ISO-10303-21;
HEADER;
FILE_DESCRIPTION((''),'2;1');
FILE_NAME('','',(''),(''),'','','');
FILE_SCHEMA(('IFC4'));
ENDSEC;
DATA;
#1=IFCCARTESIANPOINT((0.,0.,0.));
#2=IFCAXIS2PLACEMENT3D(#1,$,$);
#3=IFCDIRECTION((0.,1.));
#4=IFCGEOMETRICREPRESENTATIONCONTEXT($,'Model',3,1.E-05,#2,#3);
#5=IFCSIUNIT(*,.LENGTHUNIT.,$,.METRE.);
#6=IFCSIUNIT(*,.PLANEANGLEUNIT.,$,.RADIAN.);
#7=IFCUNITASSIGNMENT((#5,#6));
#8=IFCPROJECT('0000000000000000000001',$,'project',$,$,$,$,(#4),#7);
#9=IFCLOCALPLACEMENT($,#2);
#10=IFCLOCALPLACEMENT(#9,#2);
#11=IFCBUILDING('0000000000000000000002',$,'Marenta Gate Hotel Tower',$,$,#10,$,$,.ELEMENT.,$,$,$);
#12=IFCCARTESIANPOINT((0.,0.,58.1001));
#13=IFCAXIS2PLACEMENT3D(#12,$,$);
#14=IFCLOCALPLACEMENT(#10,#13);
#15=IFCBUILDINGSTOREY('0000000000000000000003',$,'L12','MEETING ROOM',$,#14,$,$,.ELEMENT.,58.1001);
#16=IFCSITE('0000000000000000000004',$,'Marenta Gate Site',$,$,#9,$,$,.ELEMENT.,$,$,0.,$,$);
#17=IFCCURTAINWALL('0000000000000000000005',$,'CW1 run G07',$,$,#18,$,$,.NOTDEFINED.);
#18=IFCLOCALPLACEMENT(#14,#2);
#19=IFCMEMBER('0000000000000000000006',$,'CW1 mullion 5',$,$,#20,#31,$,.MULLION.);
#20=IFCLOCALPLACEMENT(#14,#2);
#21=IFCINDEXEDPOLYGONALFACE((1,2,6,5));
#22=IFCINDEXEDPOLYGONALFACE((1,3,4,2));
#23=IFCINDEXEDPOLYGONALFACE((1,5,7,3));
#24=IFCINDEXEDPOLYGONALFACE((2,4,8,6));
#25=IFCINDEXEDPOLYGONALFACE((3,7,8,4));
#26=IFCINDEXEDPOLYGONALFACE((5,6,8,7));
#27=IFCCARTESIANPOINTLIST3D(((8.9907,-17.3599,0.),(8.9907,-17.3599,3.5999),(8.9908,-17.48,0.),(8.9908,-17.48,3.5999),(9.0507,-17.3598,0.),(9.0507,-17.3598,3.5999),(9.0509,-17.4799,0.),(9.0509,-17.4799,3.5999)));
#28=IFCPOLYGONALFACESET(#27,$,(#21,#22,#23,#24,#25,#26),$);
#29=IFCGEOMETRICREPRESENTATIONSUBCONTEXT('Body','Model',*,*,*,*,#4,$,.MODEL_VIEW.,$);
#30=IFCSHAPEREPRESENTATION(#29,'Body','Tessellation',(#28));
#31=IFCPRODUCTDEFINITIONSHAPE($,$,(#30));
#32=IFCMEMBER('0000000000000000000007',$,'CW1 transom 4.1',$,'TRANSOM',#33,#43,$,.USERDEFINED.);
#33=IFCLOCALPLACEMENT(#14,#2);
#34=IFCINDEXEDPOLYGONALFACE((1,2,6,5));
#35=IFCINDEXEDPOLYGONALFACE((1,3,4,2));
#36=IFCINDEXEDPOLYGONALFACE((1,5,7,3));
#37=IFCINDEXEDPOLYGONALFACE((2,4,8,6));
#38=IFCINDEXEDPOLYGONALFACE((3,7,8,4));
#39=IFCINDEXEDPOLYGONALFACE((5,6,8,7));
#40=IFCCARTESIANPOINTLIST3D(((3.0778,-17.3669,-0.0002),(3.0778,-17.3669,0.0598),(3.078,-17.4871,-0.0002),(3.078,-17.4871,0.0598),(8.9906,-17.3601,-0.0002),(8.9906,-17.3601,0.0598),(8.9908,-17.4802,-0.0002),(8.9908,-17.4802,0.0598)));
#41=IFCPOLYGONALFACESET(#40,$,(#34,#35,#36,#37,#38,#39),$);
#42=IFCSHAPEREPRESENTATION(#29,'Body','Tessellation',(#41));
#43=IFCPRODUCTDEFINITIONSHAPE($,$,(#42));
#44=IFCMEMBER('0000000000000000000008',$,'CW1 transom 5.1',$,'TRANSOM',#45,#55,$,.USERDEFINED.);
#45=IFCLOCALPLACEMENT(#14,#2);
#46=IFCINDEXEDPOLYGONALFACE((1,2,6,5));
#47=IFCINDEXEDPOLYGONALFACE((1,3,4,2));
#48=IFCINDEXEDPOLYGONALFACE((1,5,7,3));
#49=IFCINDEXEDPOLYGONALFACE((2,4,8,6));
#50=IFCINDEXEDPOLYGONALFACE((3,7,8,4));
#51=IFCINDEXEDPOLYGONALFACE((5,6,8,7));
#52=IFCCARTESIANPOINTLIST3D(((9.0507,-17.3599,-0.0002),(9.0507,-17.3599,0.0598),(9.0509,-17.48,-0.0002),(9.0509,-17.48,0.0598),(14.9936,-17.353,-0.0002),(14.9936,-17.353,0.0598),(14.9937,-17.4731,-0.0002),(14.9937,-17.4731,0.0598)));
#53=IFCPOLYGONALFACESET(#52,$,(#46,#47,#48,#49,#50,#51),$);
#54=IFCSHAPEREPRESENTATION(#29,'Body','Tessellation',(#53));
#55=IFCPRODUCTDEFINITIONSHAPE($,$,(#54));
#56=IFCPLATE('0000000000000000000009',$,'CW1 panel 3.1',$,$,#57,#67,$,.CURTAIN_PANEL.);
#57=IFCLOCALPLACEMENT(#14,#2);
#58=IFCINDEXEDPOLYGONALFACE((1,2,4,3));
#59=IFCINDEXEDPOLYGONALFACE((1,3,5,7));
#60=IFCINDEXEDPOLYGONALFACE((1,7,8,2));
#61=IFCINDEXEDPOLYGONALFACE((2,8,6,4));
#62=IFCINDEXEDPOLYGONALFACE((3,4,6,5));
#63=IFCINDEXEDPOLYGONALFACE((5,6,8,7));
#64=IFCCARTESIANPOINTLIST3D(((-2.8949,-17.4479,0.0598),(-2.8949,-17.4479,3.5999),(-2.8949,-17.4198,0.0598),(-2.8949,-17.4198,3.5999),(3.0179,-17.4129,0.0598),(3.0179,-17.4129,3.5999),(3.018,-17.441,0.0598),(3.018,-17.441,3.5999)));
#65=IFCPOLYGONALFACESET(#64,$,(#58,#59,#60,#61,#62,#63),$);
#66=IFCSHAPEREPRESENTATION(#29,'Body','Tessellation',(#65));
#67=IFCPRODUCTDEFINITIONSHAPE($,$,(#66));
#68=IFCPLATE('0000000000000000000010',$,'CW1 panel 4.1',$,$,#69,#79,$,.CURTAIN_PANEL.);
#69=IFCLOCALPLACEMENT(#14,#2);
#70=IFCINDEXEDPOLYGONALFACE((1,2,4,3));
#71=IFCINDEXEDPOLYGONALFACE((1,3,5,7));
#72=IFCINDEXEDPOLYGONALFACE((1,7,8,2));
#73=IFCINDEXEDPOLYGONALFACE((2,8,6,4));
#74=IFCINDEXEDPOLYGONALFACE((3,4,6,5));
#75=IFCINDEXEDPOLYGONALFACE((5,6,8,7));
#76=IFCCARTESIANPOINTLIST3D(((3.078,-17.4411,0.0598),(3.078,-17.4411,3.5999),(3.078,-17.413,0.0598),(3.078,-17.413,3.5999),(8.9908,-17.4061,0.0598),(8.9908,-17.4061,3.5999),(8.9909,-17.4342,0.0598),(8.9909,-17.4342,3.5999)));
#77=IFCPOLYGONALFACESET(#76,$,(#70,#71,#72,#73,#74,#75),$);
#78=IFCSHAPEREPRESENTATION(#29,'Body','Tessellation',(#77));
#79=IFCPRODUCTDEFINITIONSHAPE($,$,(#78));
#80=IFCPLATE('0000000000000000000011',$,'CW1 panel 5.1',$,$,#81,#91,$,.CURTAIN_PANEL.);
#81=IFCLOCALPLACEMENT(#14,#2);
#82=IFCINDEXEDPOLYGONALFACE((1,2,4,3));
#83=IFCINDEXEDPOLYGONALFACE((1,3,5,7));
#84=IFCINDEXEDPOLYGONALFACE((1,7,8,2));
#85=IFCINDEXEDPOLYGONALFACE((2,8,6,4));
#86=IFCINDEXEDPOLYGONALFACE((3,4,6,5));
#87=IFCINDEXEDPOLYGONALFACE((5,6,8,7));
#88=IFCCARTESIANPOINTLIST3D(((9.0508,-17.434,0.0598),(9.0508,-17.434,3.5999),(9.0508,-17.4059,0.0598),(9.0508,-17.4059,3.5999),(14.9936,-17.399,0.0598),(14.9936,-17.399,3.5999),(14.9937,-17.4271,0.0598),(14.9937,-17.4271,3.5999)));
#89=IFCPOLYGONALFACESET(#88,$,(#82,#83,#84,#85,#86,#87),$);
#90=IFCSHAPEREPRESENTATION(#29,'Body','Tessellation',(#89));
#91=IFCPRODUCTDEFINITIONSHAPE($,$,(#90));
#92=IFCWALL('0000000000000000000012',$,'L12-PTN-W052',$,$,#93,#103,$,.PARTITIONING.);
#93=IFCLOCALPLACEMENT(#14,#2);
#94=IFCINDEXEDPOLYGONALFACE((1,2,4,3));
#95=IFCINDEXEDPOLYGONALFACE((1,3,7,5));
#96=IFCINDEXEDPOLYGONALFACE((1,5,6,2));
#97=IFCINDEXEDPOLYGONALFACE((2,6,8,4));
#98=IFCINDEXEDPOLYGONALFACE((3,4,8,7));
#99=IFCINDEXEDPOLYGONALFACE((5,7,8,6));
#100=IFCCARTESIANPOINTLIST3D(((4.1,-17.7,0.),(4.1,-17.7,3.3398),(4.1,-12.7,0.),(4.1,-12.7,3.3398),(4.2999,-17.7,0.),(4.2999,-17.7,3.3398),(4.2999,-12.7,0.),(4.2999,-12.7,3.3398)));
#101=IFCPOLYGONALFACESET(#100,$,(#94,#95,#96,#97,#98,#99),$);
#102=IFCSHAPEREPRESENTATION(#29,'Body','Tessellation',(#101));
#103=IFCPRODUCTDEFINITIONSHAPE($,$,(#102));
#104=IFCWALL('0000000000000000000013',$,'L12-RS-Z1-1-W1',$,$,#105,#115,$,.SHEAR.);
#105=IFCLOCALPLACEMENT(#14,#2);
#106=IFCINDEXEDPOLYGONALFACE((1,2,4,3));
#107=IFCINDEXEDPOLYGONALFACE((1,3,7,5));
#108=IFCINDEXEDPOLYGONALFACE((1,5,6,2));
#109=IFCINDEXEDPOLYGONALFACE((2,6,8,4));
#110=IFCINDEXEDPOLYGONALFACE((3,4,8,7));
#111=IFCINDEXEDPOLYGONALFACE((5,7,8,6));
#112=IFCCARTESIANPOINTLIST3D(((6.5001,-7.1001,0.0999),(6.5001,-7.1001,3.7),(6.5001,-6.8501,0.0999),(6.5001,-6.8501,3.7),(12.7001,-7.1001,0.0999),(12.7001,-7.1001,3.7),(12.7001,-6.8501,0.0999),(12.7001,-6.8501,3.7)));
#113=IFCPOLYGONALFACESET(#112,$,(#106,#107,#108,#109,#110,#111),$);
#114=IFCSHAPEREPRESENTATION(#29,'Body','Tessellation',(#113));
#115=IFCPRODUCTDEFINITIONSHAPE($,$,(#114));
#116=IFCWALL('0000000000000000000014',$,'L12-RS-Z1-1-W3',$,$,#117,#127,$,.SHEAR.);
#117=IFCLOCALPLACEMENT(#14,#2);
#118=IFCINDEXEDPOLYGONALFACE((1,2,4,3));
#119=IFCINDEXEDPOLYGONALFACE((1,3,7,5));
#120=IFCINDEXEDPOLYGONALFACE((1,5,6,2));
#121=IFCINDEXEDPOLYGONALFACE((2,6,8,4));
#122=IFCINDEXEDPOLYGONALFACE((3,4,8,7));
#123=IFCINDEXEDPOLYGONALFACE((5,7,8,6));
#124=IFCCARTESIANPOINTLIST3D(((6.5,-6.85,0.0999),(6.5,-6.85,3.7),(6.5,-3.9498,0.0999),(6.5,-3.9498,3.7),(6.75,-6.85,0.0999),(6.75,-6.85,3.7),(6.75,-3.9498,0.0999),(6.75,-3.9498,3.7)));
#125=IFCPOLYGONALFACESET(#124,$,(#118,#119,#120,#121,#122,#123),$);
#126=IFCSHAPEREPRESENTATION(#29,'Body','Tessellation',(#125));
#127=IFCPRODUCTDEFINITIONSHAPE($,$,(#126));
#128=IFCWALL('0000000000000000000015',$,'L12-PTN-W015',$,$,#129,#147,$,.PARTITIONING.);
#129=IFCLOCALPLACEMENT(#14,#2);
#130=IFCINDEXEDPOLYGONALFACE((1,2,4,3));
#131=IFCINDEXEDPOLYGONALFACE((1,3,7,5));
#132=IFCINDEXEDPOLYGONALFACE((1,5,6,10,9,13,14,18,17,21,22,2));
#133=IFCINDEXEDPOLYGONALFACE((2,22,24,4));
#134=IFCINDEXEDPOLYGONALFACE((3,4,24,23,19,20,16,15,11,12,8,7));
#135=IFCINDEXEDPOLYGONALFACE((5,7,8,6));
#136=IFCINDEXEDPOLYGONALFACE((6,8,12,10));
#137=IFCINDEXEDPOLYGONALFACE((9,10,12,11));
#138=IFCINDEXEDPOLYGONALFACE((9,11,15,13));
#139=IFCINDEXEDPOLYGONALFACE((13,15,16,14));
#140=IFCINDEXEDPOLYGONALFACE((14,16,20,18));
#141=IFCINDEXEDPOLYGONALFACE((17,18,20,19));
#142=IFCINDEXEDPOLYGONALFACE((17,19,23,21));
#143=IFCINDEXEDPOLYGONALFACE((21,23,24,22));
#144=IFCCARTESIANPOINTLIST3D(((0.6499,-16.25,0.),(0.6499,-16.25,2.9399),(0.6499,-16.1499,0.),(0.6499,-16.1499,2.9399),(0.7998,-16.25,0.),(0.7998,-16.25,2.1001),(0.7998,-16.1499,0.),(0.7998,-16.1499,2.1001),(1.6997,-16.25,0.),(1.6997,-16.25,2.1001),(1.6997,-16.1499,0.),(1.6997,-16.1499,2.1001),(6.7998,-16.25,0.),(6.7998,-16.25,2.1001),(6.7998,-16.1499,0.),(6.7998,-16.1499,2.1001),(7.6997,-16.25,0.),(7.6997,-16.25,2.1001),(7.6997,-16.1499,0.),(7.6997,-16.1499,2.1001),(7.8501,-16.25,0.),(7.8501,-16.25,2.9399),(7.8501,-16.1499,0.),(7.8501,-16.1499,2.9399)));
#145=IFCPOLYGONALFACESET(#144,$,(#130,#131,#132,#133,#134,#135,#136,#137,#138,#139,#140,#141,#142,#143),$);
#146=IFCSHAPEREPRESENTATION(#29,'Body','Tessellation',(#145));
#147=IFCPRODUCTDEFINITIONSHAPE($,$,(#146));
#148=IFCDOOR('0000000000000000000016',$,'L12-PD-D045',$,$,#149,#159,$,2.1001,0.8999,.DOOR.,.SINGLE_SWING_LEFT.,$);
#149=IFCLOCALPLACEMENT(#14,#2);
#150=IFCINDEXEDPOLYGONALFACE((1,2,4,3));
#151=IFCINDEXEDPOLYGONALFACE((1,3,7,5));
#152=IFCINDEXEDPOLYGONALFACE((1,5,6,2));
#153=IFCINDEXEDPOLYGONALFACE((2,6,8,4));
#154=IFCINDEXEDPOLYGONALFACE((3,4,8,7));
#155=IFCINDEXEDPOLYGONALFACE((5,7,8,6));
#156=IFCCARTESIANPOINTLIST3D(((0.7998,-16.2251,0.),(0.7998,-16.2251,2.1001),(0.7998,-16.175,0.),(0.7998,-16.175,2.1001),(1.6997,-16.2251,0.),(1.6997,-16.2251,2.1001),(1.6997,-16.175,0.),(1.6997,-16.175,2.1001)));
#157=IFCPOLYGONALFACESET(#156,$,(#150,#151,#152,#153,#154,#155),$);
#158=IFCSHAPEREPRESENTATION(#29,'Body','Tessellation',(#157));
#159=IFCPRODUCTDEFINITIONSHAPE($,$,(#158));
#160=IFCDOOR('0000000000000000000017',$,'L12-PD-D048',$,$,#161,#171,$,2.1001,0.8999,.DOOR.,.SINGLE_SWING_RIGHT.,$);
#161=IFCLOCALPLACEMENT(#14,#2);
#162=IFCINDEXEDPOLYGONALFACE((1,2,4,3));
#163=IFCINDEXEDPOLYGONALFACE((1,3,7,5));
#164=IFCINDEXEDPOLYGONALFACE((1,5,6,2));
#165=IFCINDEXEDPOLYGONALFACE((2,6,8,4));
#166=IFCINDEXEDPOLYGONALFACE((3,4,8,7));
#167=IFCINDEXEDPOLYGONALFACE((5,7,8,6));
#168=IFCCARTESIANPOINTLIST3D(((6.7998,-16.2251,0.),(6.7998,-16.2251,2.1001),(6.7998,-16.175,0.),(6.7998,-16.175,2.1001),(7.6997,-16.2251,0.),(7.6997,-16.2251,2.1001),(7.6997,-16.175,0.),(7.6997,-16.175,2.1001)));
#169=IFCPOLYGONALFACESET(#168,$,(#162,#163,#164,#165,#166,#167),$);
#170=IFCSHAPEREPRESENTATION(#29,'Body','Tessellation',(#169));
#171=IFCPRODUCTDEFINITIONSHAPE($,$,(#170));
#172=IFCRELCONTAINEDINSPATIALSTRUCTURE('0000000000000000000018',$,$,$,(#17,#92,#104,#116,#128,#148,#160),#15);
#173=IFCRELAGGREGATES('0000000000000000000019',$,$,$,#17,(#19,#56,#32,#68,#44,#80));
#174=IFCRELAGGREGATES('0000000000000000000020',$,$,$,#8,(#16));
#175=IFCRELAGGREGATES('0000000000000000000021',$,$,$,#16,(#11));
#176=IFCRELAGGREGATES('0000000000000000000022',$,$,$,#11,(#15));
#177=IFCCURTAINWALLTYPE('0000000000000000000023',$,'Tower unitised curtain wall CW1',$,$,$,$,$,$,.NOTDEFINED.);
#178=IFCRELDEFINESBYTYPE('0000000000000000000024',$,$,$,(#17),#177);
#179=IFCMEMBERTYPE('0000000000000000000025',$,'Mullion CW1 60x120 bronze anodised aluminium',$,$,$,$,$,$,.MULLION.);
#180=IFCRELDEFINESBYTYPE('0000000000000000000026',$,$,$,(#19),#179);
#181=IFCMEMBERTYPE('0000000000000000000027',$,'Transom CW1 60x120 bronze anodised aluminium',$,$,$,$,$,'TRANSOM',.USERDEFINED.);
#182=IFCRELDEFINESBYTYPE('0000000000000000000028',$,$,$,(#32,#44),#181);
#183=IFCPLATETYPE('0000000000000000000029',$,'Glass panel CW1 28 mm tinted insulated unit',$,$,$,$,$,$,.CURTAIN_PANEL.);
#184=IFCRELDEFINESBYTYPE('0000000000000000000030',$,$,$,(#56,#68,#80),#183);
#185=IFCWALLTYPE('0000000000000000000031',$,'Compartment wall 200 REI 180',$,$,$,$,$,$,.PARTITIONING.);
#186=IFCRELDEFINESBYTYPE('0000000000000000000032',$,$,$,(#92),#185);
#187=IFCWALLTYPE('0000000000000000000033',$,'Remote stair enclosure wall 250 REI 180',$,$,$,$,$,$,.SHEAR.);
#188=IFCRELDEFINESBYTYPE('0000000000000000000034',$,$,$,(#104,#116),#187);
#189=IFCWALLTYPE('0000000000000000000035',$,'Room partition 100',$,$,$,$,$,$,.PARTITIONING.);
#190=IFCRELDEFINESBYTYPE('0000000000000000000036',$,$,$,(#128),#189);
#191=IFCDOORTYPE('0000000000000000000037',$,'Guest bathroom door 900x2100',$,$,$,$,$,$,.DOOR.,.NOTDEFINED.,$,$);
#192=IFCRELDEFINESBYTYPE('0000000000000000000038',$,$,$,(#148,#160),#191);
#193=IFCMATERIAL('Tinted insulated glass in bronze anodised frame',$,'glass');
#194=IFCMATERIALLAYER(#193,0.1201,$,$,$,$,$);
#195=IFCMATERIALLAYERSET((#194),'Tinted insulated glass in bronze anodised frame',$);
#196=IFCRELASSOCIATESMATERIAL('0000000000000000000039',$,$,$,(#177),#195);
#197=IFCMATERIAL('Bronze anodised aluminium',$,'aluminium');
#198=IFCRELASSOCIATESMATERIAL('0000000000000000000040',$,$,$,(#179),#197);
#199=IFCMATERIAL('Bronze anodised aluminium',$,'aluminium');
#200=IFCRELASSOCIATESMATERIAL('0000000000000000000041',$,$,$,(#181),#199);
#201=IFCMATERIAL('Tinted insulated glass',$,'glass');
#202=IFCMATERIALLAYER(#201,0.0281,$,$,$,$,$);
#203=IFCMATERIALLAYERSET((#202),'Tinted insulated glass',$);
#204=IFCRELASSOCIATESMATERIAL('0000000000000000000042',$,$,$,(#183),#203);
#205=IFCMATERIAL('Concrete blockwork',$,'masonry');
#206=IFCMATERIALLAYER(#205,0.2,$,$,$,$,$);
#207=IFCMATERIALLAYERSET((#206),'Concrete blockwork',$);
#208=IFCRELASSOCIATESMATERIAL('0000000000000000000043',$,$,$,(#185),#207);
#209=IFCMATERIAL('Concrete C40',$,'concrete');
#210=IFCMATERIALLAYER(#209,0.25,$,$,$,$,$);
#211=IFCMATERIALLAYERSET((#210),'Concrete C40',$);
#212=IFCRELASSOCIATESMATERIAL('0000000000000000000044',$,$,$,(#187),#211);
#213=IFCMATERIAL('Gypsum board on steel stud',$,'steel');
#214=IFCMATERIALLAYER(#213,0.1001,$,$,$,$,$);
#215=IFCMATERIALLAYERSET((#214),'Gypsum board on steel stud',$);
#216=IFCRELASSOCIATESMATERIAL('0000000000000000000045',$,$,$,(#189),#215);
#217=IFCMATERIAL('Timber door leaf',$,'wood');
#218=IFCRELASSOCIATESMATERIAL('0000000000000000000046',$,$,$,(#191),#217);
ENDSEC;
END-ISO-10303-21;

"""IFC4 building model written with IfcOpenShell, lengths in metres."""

from ifc_helpers import new_model, si_unit, direction, frame, frame_2d, origin, origin_2d, place, context, subcontext, project, spatial, rectangle, extrude, material, layer, layer_set, material_profile, profile_set, type_object, element, fill, aggregate, save


model = new_model("IFC4")

# Units and contexts
model_context = context("Model", 3, precision=1e-05, world=origin(), true_north=direction((0.0, 1.0)))
body_context = subcontext(model_context, "Body", "Model", "MODEL_VIEW")
ifc_project = project(units=[si_unit("LENGTHUNIT", "METRE"), si_unit("PLANEANGLEUNIT", "RADIAN")], contexts=[model_context])

# Site, building, storey
site_placement = place(None, origin())
site = spatial("IfcSite", under=ifc_project, at=site_placement, Name="Marenta Gate Site", CompositionType="ELEMENT", RefElevation=0.0)
building_placement = place(site_placement, origin())
building = spatial("IfcBuilding", under=site, at=building_placement, Name="Marenta Gate Hotel Tower", CompositionType="ELEMENT")
storey_placement = place(building_placement, frame((0.0, 0.0, 58.1001)))
storey = spatial("IfcBuildingStorey", under=building, at=storey_placement, Name="L12", Description="MEETING ROOM", CompositionType="ELEMENT", Elevation=58.1001)

# Curtain wall, members, plates
ifc_material_1 = material(Name="Tinted insulated glass in bronze anodised frame", Category="glass")
ifc_layer_1 = layer(ifc_material_1, 0.1201)
ifc_layer_set_1 = layer_set([ifc_layer_1], Name="Tinted insulated glass in bronze anodised frame")
curtain_wall_type = type_object("IfcCurtainWallType", Name="Tower unitised curtain wall CW1", PredefinedType="NOTDEFINED", material=ifc_layer_set_1)
curtain_wall_placement = place(storey_placement, origin())
curtain_wall = element("IfcCurtainWall", 1, at=curtain_wall_placement, inside=storey, type_object=curtain_wall_type, Name="CW1 run G07", PredefinedType="NOTDEFINED")
ifc_material_2 = material(Name="Bronze anodised aluminium", Category="aluminium")
ifc_material_profile_1 = material_profile(ifc_material_2, rectangle(XDim=0.1201, YDim=0.0601, at=origin_2d()), Name="Mullion CW1 60x120 bronze anodised aluminium")
ifc_profile_set_1 = profile_set([ifc_material_profile_1], Name="Bronze anodised aluminium")
member_type_1 = type_object("IfcMemberType", Name="Mullion CW1 60x120 bronze anodised aluminium", PredefinedType="MULLION", material=ifc_profile_set_1)
member_1_placement = place(storey_placement, frame((9.0208, -17.4199, 0.0), z_axis=(0.0, 0.0, 1.0), x_axis=(-0.001162, 0.999999, 0.0)))
member_1 = element("IfcMember", 2, at=member_1_placement, type_object=member_type_1, Name="CW1 mullion 5", PredefinedType="MULLION", context=body_context, shape_type="SweptSolid", body=[
    extrude(rectangle(XDim=0.1201, YDim=0.0601, at=origin_2d()), origin(), (0.0, 0.0, 1.0), 3.5999),
])
ifc_material_3 = material(Name="Bronze anodised aluminium", Category="aluminium")
ifc_material_profile_2 = material_profile(ifc_material_3, rectangle(XDim=0.1201, YDim=0.0601, at=origin_2d()), Name="Transom CW1 60x120 bronze anodised aluminium")
ifc_profile_set_2 = profile_set([ifc_material_profile_2], Name="Bronze anodised aluminium")
member_type_2 = type_object("IfcMemberType", Name="Transom CW1 60x120 bronze anodised aluminium", ElementType="TRANSOM", PredefinedType="USERDEFINED", material=ifc_profile_set_2)
member_2_placement = place(storey_placement, frame((3.0779, -17.427, 0.0298), z_axis=(0.999999, 0.001156, 0.0), x_axis=(-0.001156, 0.999999, 0.0)))
member_2 = element("IfcMember", 3, at=member_2_placement, type_object=member_type_2, Name="CW1 transom 4.1", ObjectType="TRANSOM", PredefinedType="USERDEFINED", context=body_context, shape_type="SweptSolid", body=[
    extrude(rectangle(XDim=0.1201, YDim=0.0601, at=origin_2d()), origin(), (0.0, 0.0, 1.0), 5.9128),
])
member_3_placement = place(storey_placement, frame((9.0508, -17.4199, 0.0298), z_axis=(0.999999, 0.00115, 0.0), x_axis=(-0.00115, 0.999999, 0.0)))
member_3 = element("IfcMember", 4, at=member_3_placement, type_object=member_type_2, Name="CW1 transom 5.1", ObjectType="TRANSOM", PredefinedType="USERDEFINED", context=body_context, shape_type="SweptSolid", body=[
    extrude(rectangle(XDim=0.1201, YDim=0.0601, at=origin_2d()), origin(), (0.0, 0.0, 1.0), 5.9429),
])
ifc_material_4 = material(Name="Tinted insulated glass", Category="glass")
ifc_layer_2 = layer(ifc_material_4, 0.0281)
ifc_layer_set_2 = layer_set([ifc_layer_2], Name="Tinted insulated glass")
plate_type = type_object("IfcPlateType", Name="Glass panel CW1 28 mm tinted insulated unit", PredefinedType="CURTAIN_PANEL", material=ifc_layer_set_2)
plate_1_placement = place(storey_placement, frame((0.0615, -17.4304, 0.0598), z_axis=(0.0, 0.0, 1.0), x_axis=(0.999999, 0.001162, 0.0)))
plate_1 = element("IfcPlate", 5, at=plate_1_placement, type_object=plate_type, Name="CW1 panel 3.1", PredefinedType="CURTAIN_PANEL", context=body_context, shape_type="SweptSolid", body=[
    extrude(rectangle(XDim=5.9128, YDim=0.0281, at=origin_2d()), origin(), (0.0, 0.0, 1.0), 3.54),
])
plate_2_placement = place(storey_placement, frame((6.0344, -17.4236, 0.0598), z_axis=(0.0, 0.0, 1.0), x_axis=(0.999999, 0.001162, 0.0)))
plate_2 = element("IfcPlate", 6, at=plate_2_placement, type_object=plate_type, Name="CW1 panel 4.1", PredefinedType="CURTAIN_PANEL", context=body_context, shape_type="SweptSolid", body=[
    extrude(rectangle(XDim=5.9128, YDim=0.0281, at=origin_2d()), origin(), (0.0, 0.0, 1.0), 3.54),
])
plate_3_placement = place(storey_placement, frame((12.0222, -17.4165, 0.0598), z_axis=(0.0, 0.0, 1.0), x_axis=(0.999999, 0.001162, 0.0)))
plate_3 = element("IfcPlate", 7, at=plate_3_placement, type_object=plate_type, Name="CW1 panel 5.1", PredefinedType="CURTAIN_PANEL", context=body_context, shape_type="SweptSolid", body=[
    extrude(rectangle(XDim=5.9429, YDim=0.0281, at=origin_2d()), origin(), (0.0, 0.0, 1.0), 3.54),
])
aggregate(curtain_wall, [member_1, plate_1, member_2, plate_2, member_3, plate_3])

# Wall
ifc_material_5 = material(Name="Concrete blockwork", Category="masonry")
ifc_layer_3 = layer(ifc_material_5, 0.2)
ifc_layer_set_3 = layer_set([ifc_layer_3], Name="Concrete blockwork")
wall_type_1 = type_object("IfcWallType", Name="Compartment wall 200 REI 180", PredefinedType="PARTITIONING", material=ifc_layer_set_3)
wall_1_placement = place(storey_placement, frame((4.2, -17.7, 0.0), z_axis=(0.0, 0.0, 1.0), x_axis=(0.0, 1.0, 0.0)))
element("IfcWall", 8, at=wall_1_placement, inside=storey, type_object=wall_type_1, Name="L12-PTN-W052", PredefinedType="PARTITIONING", context=body_context, shape_type="SweptSolid", body=[
    extrude(rectangle(XDim=5.0, YDim=0.2, at=frame_2d((2.5, 0.0))), origin(), (0.0, 0.0, 1.0), 3.3398),
])

# Walls
ifc_material_6 = material(Name="Concrete C40", Category="concrete")
ifc_layer_4 = layer(ifc_material_6, 0.25)
ifc_layer_set_4 = layer_set([ifc_layer_4], Name="Concrete C40")
wall_type_2 = type_object("IfcWallType", Name="Remote stair enclosure wall 250 REI 180", PredefinedType="SHEAR", material=ifc_layer_set_4)
wall_2_placement = place(storey_placement, frame((6.5, -6.9751, 0.0999), z_axis=(0.0, 0.0, 1.0), x_axis=(1.0, 0.0, 0.0)))
element("IfcWall", 9, at=wall_2_placement, inside=storey, type_object=wall_type_2, Name="L12-RS-Z1-1-W1", PredefinedType="SHEAR", context=body_context, shape_type="SweptSolid", body=[
    extrude(rectangle(XDim=6.2, YDim=0.25, at=frame_2d((3.1001, 0.0))), origin(), (0.0, 0.0, 1.0), 3.6001),
])
wall_3_placement = place(storey_placement, frame((6.625, -6.8501, 0.0999), z_axis=(0.0, 0.0, 1.0), x_axis=(0.0, 1.0, 0.0)))
element("IfcWall", 10, at=wall_3_placement, inside=storey, type_object=wall_type_2, Name="L12-RS-Z1-1-W3", PredefinedType="SHEAR", context=body_context, shape_type="SweptSolid", body=[
    extrude(rectangle(XDim=2.9001, YDim=0.25, at=frame_2d((1.4502, 0.0))), origin(), (0.0, 0.0, 1.0), 3.6001),
])

# Wall, openings, doors
ifc_material_7 = material(Name="Gypsum board on steel stud", Category="steel")
ifc_layer_5 = layer(ifc_material_7, 0.1001)
ifc_layer_set_5 = layer_set([ifc_layer_5], Name="Gypsum board on steel stud")
wall_type_3 = type_object("IfcWallType", Name="Room partition 100", PredefinedType="PARTITIONING", material=ifc_layer_set_5)
wall_4_placement = place(storey_placement, frame((0.6499, -16.2, 0.0), z_axis=(0.0, 0.0, 1.0), x_axis=(1.0, 0.0, 0.0)))
wall_4 = element("IfcWall", 11, at=wall_4_placement, inside=storey, type_object=wall_type_3, Name="L12-PTN-W015", PredefinedType="PARTITIONING", context=body_context, shape_type="SweptSolid", body=[
    extrude(rectangle(XDim=7.2002, YDim=0.1001, at=frame_2d((3.6001, 0.0))), origin(), (0.0, 0.0, 1.0), 2.9399),
])
opening_1_placement = place(wall_4_placement, frame((0.1499, 0.0, 0.0)))
opening_1 = element("IfcOpeningElement", 12, at=opening_1_placement, cuts=wall_4, PredefinedType="OPENING", context=body_context, shape_type="SweptSolid", body=[
    extrude(rectangle(XDim=0.8999, YDim=2.1001, at=frame_2d((0.45, 1.05))), frame((0.0, 0.05, 0.0), z_axis=(0.0, -1.0, 0.0), x_axis=(1.0, 0.0, 0.0)), (0.0, 0.0, 1.0), 0.1001),
])
opening_2_placement = place(wall_4_placement, frame((6.1499, 0.0, 0.0)))
opening_2 = element("IfcOpeningElement", 13, at=opening_2_placement, cuts=wall_4, PredefinedType="OPENING", context=body_context, shape_type="SweptSolid", body=[
    extrude(rectangle(XDim=0.8999, YDim=2.1001, at=frame_2d((0.45, 1.05))), frame((0.0, 0.05, 0.0), z_axis=(0.0, -1.0, 0.0), x_axis=(1.0, 0.0, 0.0)), (0.0, 0.0, 1.0), 0.1001),
])
ifc_material_8 = material(Name="Timber door leaf", Category="wood")
door_type_1 = type_object("IfcDoorType", Name="Guest bathroom door 900x2100", OperationType="NOTDEFINED", PredefinedType="DOOR", material=ifc_material_8)
door_1_placement = place(opening_1_placement, origin())
door_1 = element("IfcDoor", 14, at=door_1_placement, inside=storey, type_object=door_type_1, Name="L12-PD-D045", OperationType="SINGLE_SWING_LEFT", OverallHeight=2.1001, OverallWidth=0.8999, PredefinedType="DOOR", context=body_context, shape_type="SweptSolid", body=[
    extrude(rectangle(XDim=0.8999, YDim=2.1001, at=frame_2d((0.45, 1.05))), frame((0.0, 0.0249, 0.0), z_axis=(0.0, -1.0, 0.0), x_axis=(1.0, 0.0, 0.0)), (0.0, 0.0, 1.0), 0.05),
])
fill(opening_1, door_1)
door_2_placement = place(opening_2_placement, origin())
door_2 = element("IfcDoor", 15, at=door_2_placement, inside=storey, type_object=door_type_1, Name="L12-PD-D048", OperationType="SINGLE_SWING_RIGHT", OverallHeight=2.1001, OverallWidth=0.8999, PredefinedType="DOOR", context=body_context, shape_type="SweptSolid", body=[
    extrude(rectangle(XDim=0.8999, YDim=2.1001, at=frame_2d((0.45, 1.05))), frame((0.0, 0.0249, 0.0), z_axis=(0.0, -1.0, 0.0), x_axis=(1.0, 0.0, 0.0)), (0.0, 0.0, 1.0), 0.05),
])
fill(opening_2, door_2)

save(model, "model.ifc")
